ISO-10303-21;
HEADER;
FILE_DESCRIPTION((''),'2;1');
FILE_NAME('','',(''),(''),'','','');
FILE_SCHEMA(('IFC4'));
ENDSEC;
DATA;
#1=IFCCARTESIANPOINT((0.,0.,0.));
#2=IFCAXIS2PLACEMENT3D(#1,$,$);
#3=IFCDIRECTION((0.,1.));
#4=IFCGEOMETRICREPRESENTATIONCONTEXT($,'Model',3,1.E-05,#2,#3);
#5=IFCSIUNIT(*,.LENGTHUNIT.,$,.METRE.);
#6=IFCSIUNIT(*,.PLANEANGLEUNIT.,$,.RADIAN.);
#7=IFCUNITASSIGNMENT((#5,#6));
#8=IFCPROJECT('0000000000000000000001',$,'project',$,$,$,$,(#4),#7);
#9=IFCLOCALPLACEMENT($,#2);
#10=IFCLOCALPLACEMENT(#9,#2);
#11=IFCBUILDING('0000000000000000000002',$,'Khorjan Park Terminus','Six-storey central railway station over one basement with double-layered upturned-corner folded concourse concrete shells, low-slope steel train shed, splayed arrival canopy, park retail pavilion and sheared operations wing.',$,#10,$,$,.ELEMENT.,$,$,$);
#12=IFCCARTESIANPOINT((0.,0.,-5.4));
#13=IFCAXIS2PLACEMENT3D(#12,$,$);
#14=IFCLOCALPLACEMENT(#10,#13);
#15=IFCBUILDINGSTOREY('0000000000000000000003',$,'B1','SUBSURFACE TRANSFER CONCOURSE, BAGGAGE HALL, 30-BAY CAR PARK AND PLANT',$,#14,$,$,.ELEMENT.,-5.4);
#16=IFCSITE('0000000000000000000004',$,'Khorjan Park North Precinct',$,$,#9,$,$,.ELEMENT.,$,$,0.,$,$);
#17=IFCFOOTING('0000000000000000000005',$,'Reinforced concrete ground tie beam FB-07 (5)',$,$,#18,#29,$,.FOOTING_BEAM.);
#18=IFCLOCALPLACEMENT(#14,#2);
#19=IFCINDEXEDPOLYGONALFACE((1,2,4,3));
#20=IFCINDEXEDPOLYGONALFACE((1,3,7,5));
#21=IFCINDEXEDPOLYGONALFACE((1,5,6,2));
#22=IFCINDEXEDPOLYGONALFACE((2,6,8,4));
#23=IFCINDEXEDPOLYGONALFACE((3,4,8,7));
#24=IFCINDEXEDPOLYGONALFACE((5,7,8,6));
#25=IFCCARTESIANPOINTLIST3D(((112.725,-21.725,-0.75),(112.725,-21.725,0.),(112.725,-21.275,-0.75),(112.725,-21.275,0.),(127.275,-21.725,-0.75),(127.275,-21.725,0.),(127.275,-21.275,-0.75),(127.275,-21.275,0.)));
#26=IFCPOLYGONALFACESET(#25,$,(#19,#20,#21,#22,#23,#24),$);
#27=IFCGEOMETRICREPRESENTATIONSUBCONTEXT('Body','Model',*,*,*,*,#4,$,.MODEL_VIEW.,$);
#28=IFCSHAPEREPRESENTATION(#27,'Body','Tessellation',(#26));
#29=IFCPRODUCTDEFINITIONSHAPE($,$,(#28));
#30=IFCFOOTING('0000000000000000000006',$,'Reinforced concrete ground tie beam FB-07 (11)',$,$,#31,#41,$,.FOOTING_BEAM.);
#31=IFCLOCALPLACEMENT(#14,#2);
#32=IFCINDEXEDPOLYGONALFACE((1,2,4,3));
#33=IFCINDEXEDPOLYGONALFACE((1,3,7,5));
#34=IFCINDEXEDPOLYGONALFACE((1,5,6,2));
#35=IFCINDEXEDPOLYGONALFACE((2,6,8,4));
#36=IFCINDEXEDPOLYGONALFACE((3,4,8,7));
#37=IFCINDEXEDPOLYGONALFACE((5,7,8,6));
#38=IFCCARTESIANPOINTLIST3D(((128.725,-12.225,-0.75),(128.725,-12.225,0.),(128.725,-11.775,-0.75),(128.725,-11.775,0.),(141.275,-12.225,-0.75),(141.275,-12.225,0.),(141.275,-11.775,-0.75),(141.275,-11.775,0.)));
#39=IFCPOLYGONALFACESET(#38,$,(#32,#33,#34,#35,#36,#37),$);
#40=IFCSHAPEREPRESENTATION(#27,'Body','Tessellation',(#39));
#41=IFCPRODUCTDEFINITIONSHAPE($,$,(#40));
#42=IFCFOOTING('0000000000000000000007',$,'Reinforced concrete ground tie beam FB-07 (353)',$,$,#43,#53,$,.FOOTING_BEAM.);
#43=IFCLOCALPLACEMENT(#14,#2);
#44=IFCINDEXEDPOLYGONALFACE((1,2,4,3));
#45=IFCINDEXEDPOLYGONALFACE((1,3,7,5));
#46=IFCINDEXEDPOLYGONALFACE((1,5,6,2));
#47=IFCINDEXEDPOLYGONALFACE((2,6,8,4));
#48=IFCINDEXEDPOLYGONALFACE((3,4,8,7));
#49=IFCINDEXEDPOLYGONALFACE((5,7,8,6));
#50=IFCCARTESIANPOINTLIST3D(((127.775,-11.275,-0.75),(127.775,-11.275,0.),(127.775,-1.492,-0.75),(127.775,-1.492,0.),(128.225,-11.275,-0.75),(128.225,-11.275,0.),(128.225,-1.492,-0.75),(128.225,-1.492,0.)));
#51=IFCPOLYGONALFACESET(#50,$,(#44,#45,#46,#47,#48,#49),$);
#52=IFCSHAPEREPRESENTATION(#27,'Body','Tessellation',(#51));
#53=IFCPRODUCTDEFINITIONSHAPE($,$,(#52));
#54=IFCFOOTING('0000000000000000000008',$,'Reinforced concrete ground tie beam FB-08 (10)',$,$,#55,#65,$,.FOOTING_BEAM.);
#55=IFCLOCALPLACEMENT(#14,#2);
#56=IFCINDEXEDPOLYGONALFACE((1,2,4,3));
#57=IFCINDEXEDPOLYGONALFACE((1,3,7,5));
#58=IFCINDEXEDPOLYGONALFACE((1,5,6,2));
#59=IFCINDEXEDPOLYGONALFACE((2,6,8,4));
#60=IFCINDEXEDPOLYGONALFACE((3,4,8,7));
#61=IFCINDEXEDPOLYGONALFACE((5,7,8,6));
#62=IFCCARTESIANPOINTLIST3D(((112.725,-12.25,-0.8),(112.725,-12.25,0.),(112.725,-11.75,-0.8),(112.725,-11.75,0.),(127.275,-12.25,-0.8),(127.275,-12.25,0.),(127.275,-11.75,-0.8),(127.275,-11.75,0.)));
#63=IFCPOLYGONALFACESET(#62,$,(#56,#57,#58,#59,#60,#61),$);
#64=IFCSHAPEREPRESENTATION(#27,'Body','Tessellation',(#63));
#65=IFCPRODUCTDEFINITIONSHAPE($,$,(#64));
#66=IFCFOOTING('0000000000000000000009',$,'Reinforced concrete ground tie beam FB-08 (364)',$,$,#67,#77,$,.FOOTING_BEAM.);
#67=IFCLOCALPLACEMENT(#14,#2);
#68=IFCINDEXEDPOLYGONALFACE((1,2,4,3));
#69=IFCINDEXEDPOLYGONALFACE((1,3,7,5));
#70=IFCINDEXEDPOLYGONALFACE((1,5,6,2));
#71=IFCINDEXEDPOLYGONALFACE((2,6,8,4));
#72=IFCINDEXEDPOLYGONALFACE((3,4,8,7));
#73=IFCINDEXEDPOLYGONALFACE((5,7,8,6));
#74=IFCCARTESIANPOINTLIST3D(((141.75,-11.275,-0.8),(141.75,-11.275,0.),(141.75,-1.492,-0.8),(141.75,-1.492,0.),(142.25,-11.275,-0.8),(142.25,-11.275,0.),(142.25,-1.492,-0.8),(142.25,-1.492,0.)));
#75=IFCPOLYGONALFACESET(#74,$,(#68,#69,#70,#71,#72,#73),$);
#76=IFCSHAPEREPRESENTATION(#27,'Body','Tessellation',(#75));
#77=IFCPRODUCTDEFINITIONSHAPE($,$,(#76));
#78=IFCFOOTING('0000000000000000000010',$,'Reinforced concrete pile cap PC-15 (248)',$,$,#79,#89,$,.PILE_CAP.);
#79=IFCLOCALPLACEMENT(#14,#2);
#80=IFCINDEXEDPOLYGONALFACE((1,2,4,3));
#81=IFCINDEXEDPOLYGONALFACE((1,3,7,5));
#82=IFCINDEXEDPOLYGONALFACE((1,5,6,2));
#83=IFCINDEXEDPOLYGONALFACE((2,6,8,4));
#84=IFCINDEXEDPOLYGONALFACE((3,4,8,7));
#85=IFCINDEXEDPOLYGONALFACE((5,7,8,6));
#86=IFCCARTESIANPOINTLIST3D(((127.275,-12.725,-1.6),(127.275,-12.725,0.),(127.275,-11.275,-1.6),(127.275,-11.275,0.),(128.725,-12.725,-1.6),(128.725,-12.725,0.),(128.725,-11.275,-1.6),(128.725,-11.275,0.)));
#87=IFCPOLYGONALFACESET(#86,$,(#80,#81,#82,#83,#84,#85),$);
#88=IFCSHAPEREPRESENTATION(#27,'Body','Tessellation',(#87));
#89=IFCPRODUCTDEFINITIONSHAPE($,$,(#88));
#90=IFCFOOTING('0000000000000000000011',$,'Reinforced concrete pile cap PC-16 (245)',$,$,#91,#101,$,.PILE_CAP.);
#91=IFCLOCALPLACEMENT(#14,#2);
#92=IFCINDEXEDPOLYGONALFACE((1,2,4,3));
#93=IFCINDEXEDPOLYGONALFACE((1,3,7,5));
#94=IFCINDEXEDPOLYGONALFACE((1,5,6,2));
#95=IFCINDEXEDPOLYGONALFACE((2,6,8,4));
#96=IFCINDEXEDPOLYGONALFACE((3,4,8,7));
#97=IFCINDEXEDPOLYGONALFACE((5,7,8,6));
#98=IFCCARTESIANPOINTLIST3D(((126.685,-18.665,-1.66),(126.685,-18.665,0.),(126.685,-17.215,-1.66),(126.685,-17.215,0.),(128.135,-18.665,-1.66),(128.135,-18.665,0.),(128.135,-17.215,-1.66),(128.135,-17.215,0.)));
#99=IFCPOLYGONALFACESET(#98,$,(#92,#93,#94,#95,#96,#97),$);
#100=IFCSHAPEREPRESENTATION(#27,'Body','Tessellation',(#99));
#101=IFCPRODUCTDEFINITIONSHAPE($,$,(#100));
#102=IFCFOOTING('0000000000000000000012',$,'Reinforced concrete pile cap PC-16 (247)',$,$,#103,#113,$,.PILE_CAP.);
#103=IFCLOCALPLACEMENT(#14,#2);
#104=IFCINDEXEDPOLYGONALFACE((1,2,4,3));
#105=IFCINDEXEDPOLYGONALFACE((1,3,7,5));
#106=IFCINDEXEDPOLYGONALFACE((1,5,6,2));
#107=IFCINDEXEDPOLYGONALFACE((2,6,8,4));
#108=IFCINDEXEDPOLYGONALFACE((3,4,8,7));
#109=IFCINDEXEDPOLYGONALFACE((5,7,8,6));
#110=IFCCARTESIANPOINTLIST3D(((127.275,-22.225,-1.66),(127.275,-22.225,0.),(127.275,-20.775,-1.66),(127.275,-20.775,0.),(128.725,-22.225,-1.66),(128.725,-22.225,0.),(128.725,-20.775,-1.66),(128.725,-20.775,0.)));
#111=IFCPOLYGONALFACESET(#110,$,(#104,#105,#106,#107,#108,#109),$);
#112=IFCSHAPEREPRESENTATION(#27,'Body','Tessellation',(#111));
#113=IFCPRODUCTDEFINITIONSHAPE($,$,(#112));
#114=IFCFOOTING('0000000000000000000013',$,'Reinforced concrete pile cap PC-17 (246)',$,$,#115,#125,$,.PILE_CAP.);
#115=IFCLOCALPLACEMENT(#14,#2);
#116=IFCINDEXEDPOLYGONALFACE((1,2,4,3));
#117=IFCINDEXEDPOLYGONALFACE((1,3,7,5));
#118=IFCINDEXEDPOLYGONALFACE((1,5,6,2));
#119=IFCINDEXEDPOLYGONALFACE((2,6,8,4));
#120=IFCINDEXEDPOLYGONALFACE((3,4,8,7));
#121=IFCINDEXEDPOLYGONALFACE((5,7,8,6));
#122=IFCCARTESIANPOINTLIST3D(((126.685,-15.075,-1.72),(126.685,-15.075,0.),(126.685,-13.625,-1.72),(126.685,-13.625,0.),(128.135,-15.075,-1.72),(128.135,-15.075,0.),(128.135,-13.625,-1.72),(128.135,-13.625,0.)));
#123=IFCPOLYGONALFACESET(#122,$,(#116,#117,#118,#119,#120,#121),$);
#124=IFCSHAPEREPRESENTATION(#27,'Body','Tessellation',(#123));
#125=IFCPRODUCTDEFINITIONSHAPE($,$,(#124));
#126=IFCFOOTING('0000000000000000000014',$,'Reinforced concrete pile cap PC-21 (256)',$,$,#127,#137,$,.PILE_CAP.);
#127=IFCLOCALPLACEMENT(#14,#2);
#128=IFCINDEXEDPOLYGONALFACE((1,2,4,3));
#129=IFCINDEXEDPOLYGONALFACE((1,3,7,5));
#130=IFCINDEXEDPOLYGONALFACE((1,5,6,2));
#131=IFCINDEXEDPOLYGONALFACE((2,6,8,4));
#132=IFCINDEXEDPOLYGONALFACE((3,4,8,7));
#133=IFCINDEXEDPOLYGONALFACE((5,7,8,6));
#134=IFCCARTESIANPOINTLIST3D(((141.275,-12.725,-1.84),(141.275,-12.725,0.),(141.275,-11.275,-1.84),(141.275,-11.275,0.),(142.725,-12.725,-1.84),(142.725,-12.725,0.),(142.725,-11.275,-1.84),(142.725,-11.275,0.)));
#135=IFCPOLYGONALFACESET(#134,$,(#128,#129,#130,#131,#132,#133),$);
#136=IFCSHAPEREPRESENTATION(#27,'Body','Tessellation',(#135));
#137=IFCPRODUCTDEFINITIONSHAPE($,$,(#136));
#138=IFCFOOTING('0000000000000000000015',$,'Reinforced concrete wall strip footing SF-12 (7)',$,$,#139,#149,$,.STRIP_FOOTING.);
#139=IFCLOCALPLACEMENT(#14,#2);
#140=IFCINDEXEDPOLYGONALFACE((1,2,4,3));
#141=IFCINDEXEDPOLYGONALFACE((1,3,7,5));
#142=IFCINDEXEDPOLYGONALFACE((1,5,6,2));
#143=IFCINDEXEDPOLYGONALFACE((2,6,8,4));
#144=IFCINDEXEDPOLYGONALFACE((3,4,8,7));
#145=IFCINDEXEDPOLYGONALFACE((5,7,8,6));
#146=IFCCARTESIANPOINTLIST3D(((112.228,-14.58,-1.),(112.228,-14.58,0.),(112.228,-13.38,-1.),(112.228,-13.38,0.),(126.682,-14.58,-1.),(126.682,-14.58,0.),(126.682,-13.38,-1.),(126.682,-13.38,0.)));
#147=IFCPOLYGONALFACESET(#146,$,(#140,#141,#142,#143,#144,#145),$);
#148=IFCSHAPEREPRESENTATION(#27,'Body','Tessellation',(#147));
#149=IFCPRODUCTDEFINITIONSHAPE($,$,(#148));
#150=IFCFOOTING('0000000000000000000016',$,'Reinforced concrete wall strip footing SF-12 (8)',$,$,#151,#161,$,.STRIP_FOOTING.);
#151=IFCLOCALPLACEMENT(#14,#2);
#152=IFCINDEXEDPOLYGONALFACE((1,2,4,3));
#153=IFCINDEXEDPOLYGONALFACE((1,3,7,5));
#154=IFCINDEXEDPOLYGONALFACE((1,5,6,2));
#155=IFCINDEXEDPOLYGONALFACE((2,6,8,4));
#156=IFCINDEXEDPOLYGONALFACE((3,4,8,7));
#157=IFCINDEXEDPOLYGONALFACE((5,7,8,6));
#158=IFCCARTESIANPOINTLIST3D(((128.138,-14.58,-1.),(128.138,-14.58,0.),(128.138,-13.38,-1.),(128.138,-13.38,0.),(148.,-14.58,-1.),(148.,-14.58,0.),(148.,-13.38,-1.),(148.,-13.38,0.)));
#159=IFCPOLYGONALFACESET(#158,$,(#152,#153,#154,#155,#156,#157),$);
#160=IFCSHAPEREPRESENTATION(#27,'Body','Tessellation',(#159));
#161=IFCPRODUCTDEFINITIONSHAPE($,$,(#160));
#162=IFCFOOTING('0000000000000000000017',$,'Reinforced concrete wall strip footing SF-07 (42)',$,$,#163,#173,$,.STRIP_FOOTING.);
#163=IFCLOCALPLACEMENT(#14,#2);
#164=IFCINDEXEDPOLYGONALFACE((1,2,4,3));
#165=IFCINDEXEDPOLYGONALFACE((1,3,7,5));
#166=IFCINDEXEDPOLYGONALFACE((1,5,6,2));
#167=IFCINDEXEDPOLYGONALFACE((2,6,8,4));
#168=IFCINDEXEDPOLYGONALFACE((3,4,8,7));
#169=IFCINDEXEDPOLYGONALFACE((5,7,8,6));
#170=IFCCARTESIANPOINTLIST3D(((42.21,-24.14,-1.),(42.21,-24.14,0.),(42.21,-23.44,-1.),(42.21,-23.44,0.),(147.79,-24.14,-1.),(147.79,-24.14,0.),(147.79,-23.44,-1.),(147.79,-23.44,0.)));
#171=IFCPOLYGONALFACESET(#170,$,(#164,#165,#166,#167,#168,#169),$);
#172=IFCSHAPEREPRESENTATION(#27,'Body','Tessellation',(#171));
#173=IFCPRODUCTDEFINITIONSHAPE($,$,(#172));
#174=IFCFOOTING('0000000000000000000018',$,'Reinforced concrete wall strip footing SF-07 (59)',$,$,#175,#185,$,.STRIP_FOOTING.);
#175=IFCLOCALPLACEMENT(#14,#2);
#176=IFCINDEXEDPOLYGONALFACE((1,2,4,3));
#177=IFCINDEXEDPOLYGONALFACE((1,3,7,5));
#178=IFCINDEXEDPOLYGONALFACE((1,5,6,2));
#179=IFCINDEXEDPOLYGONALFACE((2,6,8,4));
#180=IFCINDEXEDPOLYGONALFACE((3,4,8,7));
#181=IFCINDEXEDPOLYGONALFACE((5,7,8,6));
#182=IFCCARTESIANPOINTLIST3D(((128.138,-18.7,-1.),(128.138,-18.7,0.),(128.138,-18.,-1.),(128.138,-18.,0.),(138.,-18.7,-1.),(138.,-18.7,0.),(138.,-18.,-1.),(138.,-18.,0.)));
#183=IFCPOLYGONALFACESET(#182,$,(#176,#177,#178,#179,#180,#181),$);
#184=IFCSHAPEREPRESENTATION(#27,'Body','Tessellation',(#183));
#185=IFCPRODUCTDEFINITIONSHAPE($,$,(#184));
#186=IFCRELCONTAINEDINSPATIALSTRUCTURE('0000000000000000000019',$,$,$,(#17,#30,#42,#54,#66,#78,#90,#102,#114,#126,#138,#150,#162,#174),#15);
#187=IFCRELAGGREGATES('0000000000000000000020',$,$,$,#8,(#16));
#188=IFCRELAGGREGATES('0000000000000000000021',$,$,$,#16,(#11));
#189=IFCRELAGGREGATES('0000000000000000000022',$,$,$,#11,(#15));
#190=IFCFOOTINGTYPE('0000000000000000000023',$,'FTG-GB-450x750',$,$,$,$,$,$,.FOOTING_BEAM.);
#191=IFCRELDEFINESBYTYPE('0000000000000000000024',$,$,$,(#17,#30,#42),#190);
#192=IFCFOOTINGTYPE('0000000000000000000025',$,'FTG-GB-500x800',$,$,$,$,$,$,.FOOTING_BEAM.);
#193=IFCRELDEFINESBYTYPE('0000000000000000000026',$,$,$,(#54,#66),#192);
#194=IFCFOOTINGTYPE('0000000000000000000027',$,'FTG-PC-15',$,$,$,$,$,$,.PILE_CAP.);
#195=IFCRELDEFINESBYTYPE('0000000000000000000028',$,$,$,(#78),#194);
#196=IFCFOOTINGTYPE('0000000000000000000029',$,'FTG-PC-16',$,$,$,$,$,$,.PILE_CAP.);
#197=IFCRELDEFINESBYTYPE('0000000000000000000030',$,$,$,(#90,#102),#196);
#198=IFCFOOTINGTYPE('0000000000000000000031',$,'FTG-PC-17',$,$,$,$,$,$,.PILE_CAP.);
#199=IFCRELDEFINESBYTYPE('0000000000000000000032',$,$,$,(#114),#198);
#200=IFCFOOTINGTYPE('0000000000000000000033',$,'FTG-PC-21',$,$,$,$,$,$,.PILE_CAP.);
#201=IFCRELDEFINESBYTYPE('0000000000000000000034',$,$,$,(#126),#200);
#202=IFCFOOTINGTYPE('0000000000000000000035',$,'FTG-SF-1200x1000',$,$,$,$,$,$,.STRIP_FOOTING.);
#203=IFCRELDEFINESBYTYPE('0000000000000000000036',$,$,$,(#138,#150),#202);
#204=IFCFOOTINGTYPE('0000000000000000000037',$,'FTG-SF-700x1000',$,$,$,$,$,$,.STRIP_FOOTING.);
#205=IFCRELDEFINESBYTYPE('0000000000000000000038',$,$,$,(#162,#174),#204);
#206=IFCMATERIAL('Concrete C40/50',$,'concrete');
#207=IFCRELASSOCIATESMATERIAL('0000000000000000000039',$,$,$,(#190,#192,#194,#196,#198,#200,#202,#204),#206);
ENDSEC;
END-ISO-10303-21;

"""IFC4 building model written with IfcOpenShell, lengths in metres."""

from ifc_helpers import new_model, si_unit, direction, frame, origin, origin_2d, place, context, subcontext, project, spatial, rectangle, extrude, material, material_profile, profile_set, type_object, element, save


model = new_model("IFC4")

# Units and contexts
model_context = context("Model", 3, precision=1e-05, world=origin(), true_north=direction((0.0, 1.0)))
body_context = subcontext(model_context, "Body", "Model", "MODEL_VIEW")
ifc_project = project(units=[si_unit("LENGTHUNIT", "METRE"), si_unit("PLANEANGLEUNIT", "RADIAN")], contexts=[model_context])

# Site, building, storey
site_placement = place(None, origin())
site = spatial("IfcSite", under=ifc_project, at=site_placement, Name="Khorjan Park North Precinct", CompositionType="ELEMENT", RefElevation=0.0)
building_placement = place(site_placement, origin())
building = spatial("IfcBuilding", under=site, at=building_placement, Name="Khorjan Park Terminus", Description="Six-storey central railway station over one basement with double-layered upturned-corner folded concourse concrete shells, low-slope steel train shed, splayed arrival canopy, park retail pavilion and sheared operations wing.", CompositionType="ELEMENT")
storey_placement = place(building_placement, frame((0.0, 0.0, -5.4)))
storey = spatial("IfcBuildingStorey", under=building, at=storey_placement, Name="B1", Description="SUBSURFACE TRANSFER CONCOURSE, BAGGAGE HALL, 30-BAY CAR PARK AND PLANT", CompositionType="ELEMENT", Elevation=-5.4)

# Footings
ifc_material_1 = material(Name="Concrete C40/50", Category="concrete")
ifc_material_profile_1 = material_profile(ifc_material_1, rectangle(XDim=0.45, YDim=0.75, at=origin_2d()), Name="RC 450x750")
ifc_profile_set_1 = profile_set([ifc_material_profile_1], Name="Concrete C40/50")
footing_type_1 = type_object("IfcFootingType", Name="FTG-GB-450x750", PredefinedType="FOOTING_BEAM", material=ifc_profile_set_1)
footing_1_placement = place(storey_placement, frame((112.725, -21.5, -0.375), z_axis=(1.0, 0.0, 0.0), x_axis=(0.0, 1.0, 0.0)))
element("IfcFooting", 1, at=footing_1_placement, inside=storey, type_object=footing_type_1, Name="Reinforced concrete ground tie beam FB-07 (5)", PredefinedType="FOOTING_BEAM", context=body_context, shape_type="SweptSolid", body=[
    extrude(rectangle(XDim=0.45, YDim=0.75, at=origin_2d()), origin(), (0.0, 0.0, 1.0), 14.55),
])
footing_2_placement = place(storey_placement, frame((128.725, -12.0, -0.375), z_axis=(1.0, 0.0, 0.0), x_axis=(0.0, 1.0, 0.0)))
element("IfcFooting", 2, at=footing_2_placement, inside=storey, type_object=footing_type_1, Name="Reinforced concrete ground tie beam FB-07 (11)", PredefinedType="FOOTING_BEAM", context=body_context, shape_type="SweptSolid", body=[
    extrude(rectangle(XDim=0.45, YDim=0.75, at=origin_2d()), origin(), (0.0, 0.0, 1.0), 12.55),
])
footing_3_placement = place(storey_placement, frame((128.0, -11.275, -0.375), z_axis=(0.0, 1.0, 0.0), x_axis=(-1.0, 0.0, 0.0)))
element("IfcFooting", 3, at=footing_3_placement, inside=storey, type_object=footing_type_1, Name="Reinforced concrete ground tie beam FB-07 (353)", PredefinedType="FOOTING_BEAM", context=body_context, shape_type="SweptSolid", body=[
    extrude(rectangle(XDim=0.45, YDim=0.75, at=origin_2d()), origin(), (0.0, 0.0, 1.0), 9.783),
])
ifc_material_profile_2 = material_profile(ifc_material_1, rectangle(XDim=0.5, YDim=0.8, at=origin_2d()), Name="RC 500x800")
ifc_profile_set_2 = profile_set([ifc_material_profile_2], Name="Concrete C40/50")
footing_type_2 = type_object("IfcFootingType", Name="FTG-GB-500x800", PredefinedType="FOOTING_BEAM", material=ifc_profile_set_2)
footing_4_placement = place(storey_placement, frame((112.725, -12.0, -0.4), z_axis=(1.0, 0.0, 0.0), x_axis=(0.0, 1.0, 0.0)))
element("IfcFooting", 4, at=footing_4_placement, inside=storey, type_object=footing_type_2, Name="Reinforced concrete ground tie beam FB-08 (10)", PredefinedType="FOOTING_BEAM", context=body_context, shape_type="SweptSolid", body=[
    extrude(rectangle(XDim=0.5, YDim=0.8, at=origin_2d()), origin(), (0.0, 0.0, 1.0), 14.55),
])
footing_5_placement = place(storey_placement, frame((142.0, -11.275, -0.4), z_axis=(0.0, 1.0, 0.0), x_axis=(-1.0, 0.0, 0.0)))
element("IfcFooting", 5, at=footing_5_placement, inside=storey, type_object=footing_type_2, Name="Reinforced concrete ground tie beam FB-08 (364)", PredefinedType="FOOTING_BEAM", context=body_context, shape_type="SweptSolid", body=[
    extrude(rectangle(XDim=0.5, YDim=0.8, at=origin_2d()), origin(), (0.0, 0.0, 1.0), 9.783),
])
footing_type_3 = type_object("IfcFootingType", Name="FTG-PC-15", PredefinedType="PILE_CAP", material=ifc_material_1)
footing_6_placement = place(storey_placement, frame((128.0, -12.0, -1.6), z_axis=(0.0, 0.0, 1.0), x_axis=(1.0, 0.0, 0.0)))
element("IfcFooting", 6, at=footing_6_placement, inside=storey, type_object=footing_type_3, Name="Reinforced concrete pile cap PC-15 (248)", PredefinedType="PILE_CAP", context=body_context, shape_type="SweptSolid", body=[
    extrude(rectangle(XDim=1.45, YDim=1.45, at=origin_2d()), origin(), (0.0, 0.0, 1.0), 1.6),
])
footing_type_4 = type_object("IfcFootingType", Name="FTG-PC-16", PredefinedType="PILE_CAP", material=ifc_material_1)
for number, where, z_axis, x_axis, name in (
    (7, (127.41, -17.94, -1.66), (0.0, 0.0, 1.0), (1.0, 0.0, 0.0), "Reinforced concrete pile cap PC-16 (245)"),
    (8, (128.0, -21.5, -1.66), (0.0, 0.0, 1.0), (1.0, 0.0, 0.0), "Reinforced concrete pile cap PC-16 (247)"),
):
    element("IfcFooting", number, at=place(storey_placement, frame(where, z_axis=z_axis, x_axis=x_axis)), inside=storey, type_object=footing_type_4, Name=name, PredefinedType="PILE_CAP", context=body_context, shape_type="SweptSolid", body=[
        extrude(rectangle(XDim=1.45, YDim=1.45, at=origin_2d()), origin(), (0.0, 0.0, 1.0), 1.66),
    ])
footing_type_5 = type_object("IfcFootingType", Name="FTG-PC-17", PredefinedType="PILE_CAP", material=ifc_material_1)
footing_7_placement = place(storey_placement, frame((127.41, -14.35, -1.72), z_axis=(0.0, 0.0, 1.0), x_axis=(1.0, 0.0, 0.0)))
element("IfcFooting", 9, at=footing_7_placement, inside=storey, type_object=footing_type_5, Name="Reinforced concrete pile cap PC-17 (246)", PredefinedType="PILE_CAP", context=body_context, shape_type="SweptSolid", body=[
    extrude(rectangle(XDim=1.45, YDim=1.45, at=origin_2d()), origin(), (0.0, 0.0, 1.0), 1.72),
])
footing_type_6 = type_object("IfcFootingType", Name="FTG-PC-21", PredefinedType="PILE_CAP", material=ifc_material_1)
footing_8_placement = place(storey_placement, frame((142.0, -12.0, -1.84), z_axis=(0.0, 0.0, 1.0), x_axis=(1.0, 0.0, 0.0)))
element("IfcFooting", 10, at=footing_8_placement, inside=storey, type_object=footing_type_6, Name="Reinforced concrete pile cap PC-21 (256)", PredefinedType="PILE_CAP", context=body_context, shape_type="SweptSolid", body=[
    extrude(rectangle(XDim=1.45, YDim=1.45, at=origin_2d()), origin(), (0.0, 0.0, 1.0), 1.84),
])
ifc_material_profile_3 = material_profile(ifc_material_1, rectangle(XDim=1.2, YDim=1.0, at=origin_2d()), Name="RC 1200x1000")
ifc_profile_set_3 = profile_set([ifc_material_profile_3], Name="Concrete C40/50")
footing_type_7 = type_object("IfcFootingType", Name="FTG-SF-1200x1000", PredefinedType="STRIP_FOOTING", material=ifc_profile_set_3)
footing_9_placement = place(storey_placement, frame((112.228, -13.98, -0.5), z_axis=(1.0, 0.0, 0.0), x_axis=(0.0, 1.0, 0.0)))
element("IfcFooting", 11, at=footing_9_placement, inside=storey, type_object=footing_type_7, Name="Reinforced concrete wall strip footing SF-12 (7)", PredefinedType="STRIP_FOOTING", context=body_context, shape_type="SweptSolid", body=[
    extrude(rectangle(XDim=1.2, YDim=1.0, at=origin_2d()), origin(), (0.0, 0.0, 1.0), 14.454),
])
footing_10_placement = place(storey_placement, frame((128.138, -13.98, -0.5), z_axis=(1.0, 0.0, 0.0), x_axis=(0.0, 1.0, 0.0)))
element("IfcFooting", 12, at=footing_10_placement, inside=storey, type_object=footing_type_7, Name="Reinforced concrete wall strip footing SF-12 (8)", PredefinedType="STRIP_FOOTING", context=body_context, shape_type="SweptSolid", body=[
    extrude(rectangle(XDim=1.2, YDim=1.0, at=origin_2d()), origin(), (0.0, 0.0, 1.0), 19.862),
])
ifc_material_profile_4 = material_profile(ifc_material_1, rectangle(XDim=0.7, YDim=1.0, at=origin_2d()), Name="RC 700x1000")
ifc_profile_set_4 = profile_set([ifc_material_profile_4], Name="Concrete C40/50")
footing_type_8 = type_object("IfcFootingType", Name="FTG-SF-700x1000", PredefinedType="STRIP_FOOTING", material=ifc_profile_set_4)
footing_11_placement = place(storey_placement, frame((147.79, -23.79, -0.5), z_axis=(-1.0, 0.0, 0.0), x_axis=(0.0, -1.0, 0.0)))
element("IfcFooting", 13, at=footing_11_placement, inside=storey, type_object=footing_type_8, Name="Reinforced concrete wall strip footing SF-07 (42)", PredefinedType="STRIP_FOOTING", context=body_context, shape_type="SweptSolid", body=[
    extrude(rectangle(XDim=0.7, YDim=1.0, at=origin_2d()), origin(), (0.0, 0.0, 1.0), 105.58),
])
footing_12_placement = place(storey_placement, frame((128.138, -18.35, -0.5), z_axis=(1.0, 0.0, 0.0), x_axis=(0.0, 1.0, 0.0)))
element("IfcFooting", 14, at=footing_12_placement, inside=storey, type_object=footing_type_8, Name="Reinforced concrete wall strip footing SF-07 (59)", PredefinedType="STRIP_FOOTING", context=body_context, shape_type="SweptSolid", body=[
    extrude(rectangle(XDim=0.7, YDim=1.0, at=origin_2d()), origin(), (0.0, 0.0, 1.0), 9.862),
])

save(model, "model.ifc")
